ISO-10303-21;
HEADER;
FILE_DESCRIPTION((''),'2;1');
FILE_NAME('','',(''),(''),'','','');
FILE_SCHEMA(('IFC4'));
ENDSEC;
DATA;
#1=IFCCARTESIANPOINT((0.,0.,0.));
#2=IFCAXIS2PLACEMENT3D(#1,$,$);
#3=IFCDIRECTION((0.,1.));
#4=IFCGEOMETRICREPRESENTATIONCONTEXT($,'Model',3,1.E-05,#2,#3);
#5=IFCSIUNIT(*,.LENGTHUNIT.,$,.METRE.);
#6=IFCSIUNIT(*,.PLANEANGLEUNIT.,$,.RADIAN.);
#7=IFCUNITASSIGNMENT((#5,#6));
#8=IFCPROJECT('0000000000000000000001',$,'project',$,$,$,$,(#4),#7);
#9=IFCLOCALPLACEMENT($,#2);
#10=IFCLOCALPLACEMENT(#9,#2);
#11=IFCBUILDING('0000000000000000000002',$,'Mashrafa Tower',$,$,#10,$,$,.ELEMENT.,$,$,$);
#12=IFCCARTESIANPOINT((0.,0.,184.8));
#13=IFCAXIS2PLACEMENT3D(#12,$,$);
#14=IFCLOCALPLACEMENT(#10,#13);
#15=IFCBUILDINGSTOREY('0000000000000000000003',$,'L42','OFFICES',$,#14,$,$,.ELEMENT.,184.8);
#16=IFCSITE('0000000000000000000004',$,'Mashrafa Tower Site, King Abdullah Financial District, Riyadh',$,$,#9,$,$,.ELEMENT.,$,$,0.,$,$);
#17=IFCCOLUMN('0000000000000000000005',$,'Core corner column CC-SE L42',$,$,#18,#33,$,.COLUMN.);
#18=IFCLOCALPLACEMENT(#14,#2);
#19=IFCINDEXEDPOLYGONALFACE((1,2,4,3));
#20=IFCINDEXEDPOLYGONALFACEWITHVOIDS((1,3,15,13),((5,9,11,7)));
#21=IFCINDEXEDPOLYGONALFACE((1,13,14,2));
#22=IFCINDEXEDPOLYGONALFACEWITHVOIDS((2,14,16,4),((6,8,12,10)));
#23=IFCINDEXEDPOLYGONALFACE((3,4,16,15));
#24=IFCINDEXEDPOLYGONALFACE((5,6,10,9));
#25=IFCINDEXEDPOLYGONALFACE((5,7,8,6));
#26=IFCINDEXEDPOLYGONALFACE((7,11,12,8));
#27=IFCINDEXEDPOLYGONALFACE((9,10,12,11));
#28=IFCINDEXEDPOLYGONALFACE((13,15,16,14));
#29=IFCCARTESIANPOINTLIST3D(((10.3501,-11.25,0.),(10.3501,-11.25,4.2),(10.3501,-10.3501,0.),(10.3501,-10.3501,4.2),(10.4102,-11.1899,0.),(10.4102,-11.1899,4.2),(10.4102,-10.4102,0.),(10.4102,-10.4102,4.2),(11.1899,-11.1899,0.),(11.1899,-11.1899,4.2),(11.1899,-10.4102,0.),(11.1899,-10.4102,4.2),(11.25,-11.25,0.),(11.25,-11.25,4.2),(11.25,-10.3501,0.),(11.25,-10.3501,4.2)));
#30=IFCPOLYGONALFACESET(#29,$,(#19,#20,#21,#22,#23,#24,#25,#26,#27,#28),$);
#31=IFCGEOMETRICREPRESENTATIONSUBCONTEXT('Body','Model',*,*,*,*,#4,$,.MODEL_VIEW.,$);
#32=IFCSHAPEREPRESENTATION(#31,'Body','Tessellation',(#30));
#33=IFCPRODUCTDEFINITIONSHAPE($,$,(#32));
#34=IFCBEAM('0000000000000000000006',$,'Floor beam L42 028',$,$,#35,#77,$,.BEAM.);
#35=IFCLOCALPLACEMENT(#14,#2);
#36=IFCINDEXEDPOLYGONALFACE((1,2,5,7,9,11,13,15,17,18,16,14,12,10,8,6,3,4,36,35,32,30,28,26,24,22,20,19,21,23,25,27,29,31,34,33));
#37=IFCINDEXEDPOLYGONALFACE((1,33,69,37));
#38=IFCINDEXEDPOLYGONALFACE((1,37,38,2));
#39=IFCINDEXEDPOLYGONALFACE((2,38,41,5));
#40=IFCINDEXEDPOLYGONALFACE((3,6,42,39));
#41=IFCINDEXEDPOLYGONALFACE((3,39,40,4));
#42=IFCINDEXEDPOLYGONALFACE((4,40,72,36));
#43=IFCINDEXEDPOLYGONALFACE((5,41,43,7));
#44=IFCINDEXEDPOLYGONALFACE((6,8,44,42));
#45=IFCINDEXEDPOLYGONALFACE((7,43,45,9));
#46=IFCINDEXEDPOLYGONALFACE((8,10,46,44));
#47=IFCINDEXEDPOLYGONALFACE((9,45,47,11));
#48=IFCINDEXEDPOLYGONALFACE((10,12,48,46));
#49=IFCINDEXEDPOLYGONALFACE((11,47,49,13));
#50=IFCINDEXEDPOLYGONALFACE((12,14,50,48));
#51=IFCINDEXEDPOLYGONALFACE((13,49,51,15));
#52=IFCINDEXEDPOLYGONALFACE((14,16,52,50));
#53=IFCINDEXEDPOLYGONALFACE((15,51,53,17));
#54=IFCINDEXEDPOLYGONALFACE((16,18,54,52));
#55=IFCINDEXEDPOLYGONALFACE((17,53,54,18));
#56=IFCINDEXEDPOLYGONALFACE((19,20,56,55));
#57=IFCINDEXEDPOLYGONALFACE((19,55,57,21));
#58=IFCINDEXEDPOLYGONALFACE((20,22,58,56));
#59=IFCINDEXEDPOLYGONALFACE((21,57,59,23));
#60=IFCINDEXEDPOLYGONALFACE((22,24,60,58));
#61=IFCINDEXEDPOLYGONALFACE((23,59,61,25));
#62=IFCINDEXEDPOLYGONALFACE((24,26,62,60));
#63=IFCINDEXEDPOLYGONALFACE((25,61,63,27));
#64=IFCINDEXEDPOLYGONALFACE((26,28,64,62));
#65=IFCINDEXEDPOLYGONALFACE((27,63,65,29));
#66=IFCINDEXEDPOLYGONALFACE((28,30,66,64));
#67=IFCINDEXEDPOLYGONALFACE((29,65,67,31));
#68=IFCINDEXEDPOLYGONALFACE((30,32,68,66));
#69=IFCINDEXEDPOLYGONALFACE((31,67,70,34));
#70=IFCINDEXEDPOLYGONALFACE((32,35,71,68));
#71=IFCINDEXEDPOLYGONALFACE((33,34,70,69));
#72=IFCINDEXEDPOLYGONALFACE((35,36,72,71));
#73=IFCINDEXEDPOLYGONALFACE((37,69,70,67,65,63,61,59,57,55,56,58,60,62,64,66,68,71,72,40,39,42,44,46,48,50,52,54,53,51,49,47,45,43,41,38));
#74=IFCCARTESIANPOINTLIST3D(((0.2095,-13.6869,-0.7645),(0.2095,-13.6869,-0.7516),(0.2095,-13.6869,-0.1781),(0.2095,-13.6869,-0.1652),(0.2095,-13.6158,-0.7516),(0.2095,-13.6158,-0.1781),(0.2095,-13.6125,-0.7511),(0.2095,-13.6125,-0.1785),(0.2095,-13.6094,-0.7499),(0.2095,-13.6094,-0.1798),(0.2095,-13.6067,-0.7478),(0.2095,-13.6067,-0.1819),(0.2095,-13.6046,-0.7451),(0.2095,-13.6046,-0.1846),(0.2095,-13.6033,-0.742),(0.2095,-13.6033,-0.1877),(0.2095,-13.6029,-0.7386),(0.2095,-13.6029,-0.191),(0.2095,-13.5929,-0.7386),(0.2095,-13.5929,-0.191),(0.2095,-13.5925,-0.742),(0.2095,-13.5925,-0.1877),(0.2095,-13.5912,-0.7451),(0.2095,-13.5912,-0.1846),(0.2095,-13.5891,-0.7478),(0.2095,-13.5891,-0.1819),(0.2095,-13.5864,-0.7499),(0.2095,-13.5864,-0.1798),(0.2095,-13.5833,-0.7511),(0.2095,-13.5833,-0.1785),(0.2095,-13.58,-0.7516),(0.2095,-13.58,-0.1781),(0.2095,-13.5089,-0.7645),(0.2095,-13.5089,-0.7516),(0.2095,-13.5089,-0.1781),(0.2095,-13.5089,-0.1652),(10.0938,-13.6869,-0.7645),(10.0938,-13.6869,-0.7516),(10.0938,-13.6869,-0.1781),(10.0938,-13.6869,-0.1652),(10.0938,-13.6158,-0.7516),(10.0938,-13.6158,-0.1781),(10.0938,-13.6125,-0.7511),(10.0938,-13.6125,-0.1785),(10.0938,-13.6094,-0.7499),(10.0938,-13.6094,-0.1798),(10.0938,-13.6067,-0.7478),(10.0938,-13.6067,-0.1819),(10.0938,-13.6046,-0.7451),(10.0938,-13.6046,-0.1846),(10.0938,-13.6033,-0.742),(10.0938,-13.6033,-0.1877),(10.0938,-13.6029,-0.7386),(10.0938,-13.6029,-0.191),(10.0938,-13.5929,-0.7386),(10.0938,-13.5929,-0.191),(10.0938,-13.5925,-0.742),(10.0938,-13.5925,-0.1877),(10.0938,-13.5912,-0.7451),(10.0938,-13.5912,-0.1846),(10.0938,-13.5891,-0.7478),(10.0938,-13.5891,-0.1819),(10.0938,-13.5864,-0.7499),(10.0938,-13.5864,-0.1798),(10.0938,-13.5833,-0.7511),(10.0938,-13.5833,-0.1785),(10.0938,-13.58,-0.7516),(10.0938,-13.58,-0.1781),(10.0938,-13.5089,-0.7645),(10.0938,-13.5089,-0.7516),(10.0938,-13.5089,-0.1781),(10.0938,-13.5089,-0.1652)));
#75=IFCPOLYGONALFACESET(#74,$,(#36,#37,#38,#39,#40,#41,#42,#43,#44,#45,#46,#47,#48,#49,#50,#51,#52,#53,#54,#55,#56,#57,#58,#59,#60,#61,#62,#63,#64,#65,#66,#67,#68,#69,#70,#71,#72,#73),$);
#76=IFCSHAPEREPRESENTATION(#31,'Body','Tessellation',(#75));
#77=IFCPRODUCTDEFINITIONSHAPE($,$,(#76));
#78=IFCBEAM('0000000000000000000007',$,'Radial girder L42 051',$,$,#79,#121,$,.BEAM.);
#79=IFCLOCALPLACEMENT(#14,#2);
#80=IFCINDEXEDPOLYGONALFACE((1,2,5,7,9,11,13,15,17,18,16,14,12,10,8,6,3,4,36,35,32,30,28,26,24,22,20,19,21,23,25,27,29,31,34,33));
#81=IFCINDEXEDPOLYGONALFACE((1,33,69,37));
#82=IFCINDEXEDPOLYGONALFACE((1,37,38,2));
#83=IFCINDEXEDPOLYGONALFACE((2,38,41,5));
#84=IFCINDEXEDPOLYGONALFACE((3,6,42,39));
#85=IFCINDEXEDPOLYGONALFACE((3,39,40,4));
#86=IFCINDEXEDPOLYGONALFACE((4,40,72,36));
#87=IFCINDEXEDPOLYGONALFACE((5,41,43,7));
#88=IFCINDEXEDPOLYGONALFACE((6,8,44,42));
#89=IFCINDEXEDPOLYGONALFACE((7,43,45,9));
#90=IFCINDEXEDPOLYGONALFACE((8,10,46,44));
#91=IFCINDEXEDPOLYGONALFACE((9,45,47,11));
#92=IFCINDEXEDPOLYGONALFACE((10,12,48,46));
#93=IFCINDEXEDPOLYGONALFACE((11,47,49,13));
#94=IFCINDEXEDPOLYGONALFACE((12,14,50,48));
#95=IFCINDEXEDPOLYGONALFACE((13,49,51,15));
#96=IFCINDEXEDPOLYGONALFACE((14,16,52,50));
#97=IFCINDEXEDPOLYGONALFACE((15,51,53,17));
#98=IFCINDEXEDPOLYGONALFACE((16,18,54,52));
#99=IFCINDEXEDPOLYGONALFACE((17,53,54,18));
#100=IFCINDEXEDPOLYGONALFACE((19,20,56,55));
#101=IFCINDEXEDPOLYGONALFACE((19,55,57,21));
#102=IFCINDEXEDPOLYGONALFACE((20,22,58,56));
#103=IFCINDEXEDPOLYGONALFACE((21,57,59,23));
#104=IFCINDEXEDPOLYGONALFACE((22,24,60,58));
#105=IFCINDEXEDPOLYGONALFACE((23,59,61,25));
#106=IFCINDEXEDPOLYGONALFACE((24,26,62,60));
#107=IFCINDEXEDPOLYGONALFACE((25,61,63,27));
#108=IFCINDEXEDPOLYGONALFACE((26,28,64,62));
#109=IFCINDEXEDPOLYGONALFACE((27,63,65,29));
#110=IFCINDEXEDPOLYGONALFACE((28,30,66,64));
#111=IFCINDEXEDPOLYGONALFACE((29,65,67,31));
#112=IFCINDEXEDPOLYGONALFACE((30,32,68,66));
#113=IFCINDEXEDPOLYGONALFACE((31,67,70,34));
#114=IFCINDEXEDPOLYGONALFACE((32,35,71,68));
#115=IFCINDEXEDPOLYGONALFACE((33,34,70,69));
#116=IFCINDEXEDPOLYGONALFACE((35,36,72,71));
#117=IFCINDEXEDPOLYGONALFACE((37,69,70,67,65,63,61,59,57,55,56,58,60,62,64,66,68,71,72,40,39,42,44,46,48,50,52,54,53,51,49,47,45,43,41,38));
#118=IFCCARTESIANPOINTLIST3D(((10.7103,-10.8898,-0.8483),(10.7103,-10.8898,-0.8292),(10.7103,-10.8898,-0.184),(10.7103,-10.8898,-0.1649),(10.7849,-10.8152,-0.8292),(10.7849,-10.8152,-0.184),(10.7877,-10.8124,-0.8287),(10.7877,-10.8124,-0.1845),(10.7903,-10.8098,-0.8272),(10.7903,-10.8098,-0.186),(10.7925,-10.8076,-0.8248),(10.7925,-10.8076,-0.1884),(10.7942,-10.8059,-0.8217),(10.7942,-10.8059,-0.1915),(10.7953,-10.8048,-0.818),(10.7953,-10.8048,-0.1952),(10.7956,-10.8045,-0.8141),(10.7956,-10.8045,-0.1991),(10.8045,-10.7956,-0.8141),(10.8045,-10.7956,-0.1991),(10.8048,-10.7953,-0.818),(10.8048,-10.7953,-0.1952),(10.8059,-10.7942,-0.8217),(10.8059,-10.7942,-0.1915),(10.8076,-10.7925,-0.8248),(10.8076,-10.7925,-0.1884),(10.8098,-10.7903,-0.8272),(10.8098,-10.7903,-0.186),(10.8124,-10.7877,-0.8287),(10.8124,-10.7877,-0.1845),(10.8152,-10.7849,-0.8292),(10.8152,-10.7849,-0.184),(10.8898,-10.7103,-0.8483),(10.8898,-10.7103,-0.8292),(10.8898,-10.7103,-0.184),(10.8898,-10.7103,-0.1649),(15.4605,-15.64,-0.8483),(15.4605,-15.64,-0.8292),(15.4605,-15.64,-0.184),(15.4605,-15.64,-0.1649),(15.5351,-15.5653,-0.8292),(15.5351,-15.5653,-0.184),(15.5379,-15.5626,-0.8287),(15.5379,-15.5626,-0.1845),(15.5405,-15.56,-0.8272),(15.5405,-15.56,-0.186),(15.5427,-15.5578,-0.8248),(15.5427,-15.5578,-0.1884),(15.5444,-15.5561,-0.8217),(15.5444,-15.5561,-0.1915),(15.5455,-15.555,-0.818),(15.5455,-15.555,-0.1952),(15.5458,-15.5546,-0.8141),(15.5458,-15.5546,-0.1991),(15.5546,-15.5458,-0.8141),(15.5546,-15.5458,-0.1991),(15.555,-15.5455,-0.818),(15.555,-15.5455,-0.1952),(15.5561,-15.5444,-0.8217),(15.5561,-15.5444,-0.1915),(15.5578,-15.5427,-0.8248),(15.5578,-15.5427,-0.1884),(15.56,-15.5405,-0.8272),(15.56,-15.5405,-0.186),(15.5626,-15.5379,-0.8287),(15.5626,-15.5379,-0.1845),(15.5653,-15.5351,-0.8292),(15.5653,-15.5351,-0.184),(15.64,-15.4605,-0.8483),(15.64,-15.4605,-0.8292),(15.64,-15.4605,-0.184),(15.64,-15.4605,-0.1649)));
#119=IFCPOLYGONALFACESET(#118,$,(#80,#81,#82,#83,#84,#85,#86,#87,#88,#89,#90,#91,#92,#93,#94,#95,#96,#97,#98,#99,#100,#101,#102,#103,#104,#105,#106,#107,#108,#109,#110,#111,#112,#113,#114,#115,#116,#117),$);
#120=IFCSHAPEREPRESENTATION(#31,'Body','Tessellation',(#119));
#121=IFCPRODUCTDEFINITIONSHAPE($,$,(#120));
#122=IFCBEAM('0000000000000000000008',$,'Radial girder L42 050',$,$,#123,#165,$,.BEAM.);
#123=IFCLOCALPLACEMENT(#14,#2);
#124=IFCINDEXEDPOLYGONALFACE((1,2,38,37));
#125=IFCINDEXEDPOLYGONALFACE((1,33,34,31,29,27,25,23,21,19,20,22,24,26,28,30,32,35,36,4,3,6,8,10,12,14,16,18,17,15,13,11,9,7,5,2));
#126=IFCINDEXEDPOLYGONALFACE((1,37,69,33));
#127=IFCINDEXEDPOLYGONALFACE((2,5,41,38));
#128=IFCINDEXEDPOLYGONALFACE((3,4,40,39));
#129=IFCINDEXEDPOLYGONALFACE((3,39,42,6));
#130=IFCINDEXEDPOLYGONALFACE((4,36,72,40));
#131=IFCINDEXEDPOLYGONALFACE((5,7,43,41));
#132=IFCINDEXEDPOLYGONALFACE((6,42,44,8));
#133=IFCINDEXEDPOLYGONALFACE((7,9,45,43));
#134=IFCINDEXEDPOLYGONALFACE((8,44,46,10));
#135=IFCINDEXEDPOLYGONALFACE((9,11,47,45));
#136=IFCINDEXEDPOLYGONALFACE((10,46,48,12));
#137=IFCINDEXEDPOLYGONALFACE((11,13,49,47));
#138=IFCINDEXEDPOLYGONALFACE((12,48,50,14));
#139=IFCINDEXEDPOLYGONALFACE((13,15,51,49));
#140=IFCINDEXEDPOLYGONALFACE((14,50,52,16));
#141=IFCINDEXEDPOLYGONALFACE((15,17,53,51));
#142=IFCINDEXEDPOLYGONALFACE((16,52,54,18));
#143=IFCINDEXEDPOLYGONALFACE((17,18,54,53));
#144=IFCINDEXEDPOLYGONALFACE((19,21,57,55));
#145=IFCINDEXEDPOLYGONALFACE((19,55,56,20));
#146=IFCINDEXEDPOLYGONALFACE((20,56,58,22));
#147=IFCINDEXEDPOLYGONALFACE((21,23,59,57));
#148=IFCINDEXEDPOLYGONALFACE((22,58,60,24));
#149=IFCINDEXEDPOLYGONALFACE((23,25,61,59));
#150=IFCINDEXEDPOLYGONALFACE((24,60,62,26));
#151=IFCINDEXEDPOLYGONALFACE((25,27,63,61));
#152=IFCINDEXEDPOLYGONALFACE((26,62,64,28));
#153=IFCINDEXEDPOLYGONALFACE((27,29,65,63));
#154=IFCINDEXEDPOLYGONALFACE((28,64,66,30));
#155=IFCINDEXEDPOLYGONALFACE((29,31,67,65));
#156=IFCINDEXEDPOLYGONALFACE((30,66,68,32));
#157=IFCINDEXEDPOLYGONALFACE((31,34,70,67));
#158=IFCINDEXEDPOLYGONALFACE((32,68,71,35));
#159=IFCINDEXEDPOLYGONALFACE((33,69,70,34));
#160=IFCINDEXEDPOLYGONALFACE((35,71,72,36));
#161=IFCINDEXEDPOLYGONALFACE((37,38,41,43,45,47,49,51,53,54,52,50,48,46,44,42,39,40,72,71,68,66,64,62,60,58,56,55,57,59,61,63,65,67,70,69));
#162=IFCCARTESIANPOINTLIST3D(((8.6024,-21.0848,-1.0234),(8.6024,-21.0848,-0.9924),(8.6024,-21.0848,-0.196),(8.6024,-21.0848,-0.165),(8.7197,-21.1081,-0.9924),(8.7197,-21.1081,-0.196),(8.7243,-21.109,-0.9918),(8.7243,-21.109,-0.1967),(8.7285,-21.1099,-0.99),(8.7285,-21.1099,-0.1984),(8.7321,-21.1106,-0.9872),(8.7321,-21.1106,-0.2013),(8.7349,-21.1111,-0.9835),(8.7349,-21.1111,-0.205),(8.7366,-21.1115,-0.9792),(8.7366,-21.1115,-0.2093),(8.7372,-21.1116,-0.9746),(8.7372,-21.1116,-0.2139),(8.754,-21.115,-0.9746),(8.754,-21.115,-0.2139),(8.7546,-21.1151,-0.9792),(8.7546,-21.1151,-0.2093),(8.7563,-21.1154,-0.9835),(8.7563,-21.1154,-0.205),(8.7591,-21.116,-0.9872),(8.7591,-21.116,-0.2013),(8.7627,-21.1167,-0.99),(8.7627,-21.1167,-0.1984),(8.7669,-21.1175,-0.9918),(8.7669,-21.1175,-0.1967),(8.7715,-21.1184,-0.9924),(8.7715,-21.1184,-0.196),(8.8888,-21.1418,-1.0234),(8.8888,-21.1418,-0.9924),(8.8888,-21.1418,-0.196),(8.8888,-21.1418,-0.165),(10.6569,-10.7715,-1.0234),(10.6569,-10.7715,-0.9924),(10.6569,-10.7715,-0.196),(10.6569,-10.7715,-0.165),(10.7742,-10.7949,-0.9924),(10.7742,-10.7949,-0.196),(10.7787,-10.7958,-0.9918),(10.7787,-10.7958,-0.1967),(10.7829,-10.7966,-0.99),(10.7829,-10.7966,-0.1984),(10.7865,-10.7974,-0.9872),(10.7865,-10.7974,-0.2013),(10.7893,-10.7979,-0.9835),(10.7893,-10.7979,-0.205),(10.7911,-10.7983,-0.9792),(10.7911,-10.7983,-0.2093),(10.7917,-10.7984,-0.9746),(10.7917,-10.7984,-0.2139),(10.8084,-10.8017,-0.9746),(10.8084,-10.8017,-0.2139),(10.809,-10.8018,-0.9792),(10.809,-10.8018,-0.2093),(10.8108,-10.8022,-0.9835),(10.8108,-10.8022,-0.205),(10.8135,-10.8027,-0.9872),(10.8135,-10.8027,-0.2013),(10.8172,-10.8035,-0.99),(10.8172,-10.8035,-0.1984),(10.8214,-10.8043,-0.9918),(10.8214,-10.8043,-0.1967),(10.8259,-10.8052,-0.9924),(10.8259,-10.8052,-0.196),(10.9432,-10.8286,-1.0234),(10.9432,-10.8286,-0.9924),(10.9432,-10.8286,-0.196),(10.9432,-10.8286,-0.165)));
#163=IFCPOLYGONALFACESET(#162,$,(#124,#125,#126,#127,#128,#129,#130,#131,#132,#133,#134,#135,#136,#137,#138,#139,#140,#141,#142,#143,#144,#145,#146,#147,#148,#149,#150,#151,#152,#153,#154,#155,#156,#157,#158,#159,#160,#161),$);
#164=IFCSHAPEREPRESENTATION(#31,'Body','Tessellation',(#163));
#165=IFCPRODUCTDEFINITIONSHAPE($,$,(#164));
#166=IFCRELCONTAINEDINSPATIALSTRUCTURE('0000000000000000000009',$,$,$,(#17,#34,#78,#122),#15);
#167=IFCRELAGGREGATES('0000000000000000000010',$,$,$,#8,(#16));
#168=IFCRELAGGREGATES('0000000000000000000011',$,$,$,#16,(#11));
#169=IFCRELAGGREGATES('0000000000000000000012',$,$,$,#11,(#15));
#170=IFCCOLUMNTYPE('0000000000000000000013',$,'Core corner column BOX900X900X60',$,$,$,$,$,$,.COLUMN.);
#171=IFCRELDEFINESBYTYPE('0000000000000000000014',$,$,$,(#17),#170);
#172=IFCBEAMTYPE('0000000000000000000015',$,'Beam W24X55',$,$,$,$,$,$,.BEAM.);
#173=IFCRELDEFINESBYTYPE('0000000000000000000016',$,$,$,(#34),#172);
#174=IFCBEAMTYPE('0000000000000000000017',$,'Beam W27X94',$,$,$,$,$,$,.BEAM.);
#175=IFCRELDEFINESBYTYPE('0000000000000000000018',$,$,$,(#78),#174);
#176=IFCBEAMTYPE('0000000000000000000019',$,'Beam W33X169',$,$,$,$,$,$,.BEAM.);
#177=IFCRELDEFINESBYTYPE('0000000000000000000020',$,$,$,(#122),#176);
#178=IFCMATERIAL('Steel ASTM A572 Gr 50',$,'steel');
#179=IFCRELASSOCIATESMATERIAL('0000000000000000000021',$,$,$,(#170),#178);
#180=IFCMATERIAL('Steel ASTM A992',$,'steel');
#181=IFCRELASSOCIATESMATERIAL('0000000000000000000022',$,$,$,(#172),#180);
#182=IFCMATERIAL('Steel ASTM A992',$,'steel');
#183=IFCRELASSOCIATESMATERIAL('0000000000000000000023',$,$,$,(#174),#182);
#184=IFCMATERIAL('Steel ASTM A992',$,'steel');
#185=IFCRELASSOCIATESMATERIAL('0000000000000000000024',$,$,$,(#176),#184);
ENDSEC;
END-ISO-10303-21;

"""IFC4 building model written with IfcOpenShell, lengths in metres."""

from ifc_helpers import new_model, si_unit, direction, frame, origin, origin_2d, place, context, subcontext, project, spatial, hollow_rectangle, i_section, extrude, material, material_profile, profile_set, type_object, element, save


model = new_model("IFC4")

# Units and contexts
model_context = context("Model", 3, precision=1e-05, world=origin(), true_north=direction((0.0, 1.0)))
body_context = subcontext(model_context, "Body", "Model", "MODEL_VIEW")
ifc_project = project(units=[si_unit("LENGTHUNIT", "METRE"), si_unit("PLANEANGLEUNIT", "RADIAN")], contexts=[model_context])

# Site, building, storey
site_placement = place(None, origin())
site = spatial("IfcSite", under=ifc_project, at=site_placement, Name="Mashrafa Tower Site, King Abdullah Financial District, Riyadh", CompositionType="ELEMENT", RefElevation=0.0)
building_placement = place(site_placement, origin())
building = spatial("IfcBuilding", under=site, at=building_placement, Name="Mashrafa Tower", CompositionType="ELEMENT")
storey_placement = place(building_placement, frame((0.0, 0.0, 184.8)))
storey = spatial("IfcBuildingStorey", under=building, at=storey_placement, Name="L42", Description="OFFICES", CompositionType="ELEMENT", Elevation=184.8)

# Column
ifc_material_1 = material(Name="Steel ASTM A572 Gr 50", Category="steel")
ifc_material_profile_1 = material_profile(ifc_material_1, hollow_rectangle(XDim=0.8999, YDim=0.8999, WallThickness=0.0601, at=origin_2d()), Name="BOX900X900X60")
ifc_profile_set_1 = profile_set([ifc_material_profile_1], Name="Steel ASTM A572 Gr 50")
column_type = type_object("IfcColumnType", Name="Core corner column BOX900X900X60", PredefinedType="COLUMN", material=ifc_profile_set_1)
column_placement = place(storey_placement, frame((10.8, -10.8, 0.0), z_axis=(0.0, 0.0, 1.0), x_axis=(1.0, 0.0, 0.0)))
element("IfcColumn", 1, at=column_placement, inside=storey, type_object=column_type, Name="Core corner column CC-SE L42", PredefinedType="COLUMN", context=body_context, shape_type="SweptSolid", body=[
    extrude(hollow_rectangle(XDim=0.8999, YDim=0.8999, WallThickness=0.0601, at=origin_2d()), origin(), (0.0, 0.0, 1.0), 4.2),
])

# Beams
ifc_material_2 = material(Name="Steel ASTM A992", Category="steel")
ifc_material_profile_2 = material_profile(ifc_material_2, i_section(OverallWidth=0.178, OverallDepth=0.5994, WebThickness=0.01, FlangeThickness=0.0129, FilletRadius=0.0129, at=origin_2d()), Name="W24X55")
ifc_profile_set_2 = profile_set([ifc_material_profile_2], Name="Steel ASTM A992")
beam_type_1 = type_object("IfcBeamType", Name="Beam W24X55", PredefinedType="BEAM", material=ifc_profile_set_2)
beam_1_placement = place(storey_placement, frame((10.0938, -13.5979, -0.4648), z_axis=(-1.0, 0.0, 0.0), x_axis=(0.0, -1.0, 0.0)))
element("IfcBeam", 2, at=beam_1_placement, inside=storey, type_object=beam_type_1, Name="Floor beam L42 028", PredefinedType="BEAM", context=body_context, shape_type="SweptSolid", body=[
    extrude(i_section(OverallWidth=0.178, OverallDepth=0.5994, WebThickness=0.01, FlangeThickness=0.0129, FilletRadius=0.0129, at=origin_2d()), origin(), (0.0, 0.0, 1.0), 9.8843),
])
ifc_material_3 = material(Name="Steel ASTM A992", Category="steel")
ifc_material_profile_3 = material_profile(ifc_material_3, i_section(OverallWidth=0.2539, OverallDepth=0.6833, WebThickness=0.0125, FlangeThickness=0.019, FilletRadius=0.0151, at=origin_2d()), Name="W27X94")
ifc_profile_set_3 = profile_set([ifc_material_profile_3], Name="Steel ASTM A992")
beam_type_2 = type_object("IfcBeamType", Name="Beam W27X94", PredefinedType="BEAM", material=ifc_profile_set_3)
beam_2_placement = place(storey_placement, frame((10.8, -10.8, -0.5066), z_axis=(0.707107, -0.707107, 0.0), x_axis=(0.707107, 0.707107, 0.0)))
element("IfcBeam", 3, at=beam_2_placement, inside=storey, type_object=beam_type_2, Name="Radial girder L42 051", PredefinedType="BEAM", context=body_context, shape_type="SweptSolid", body=[
    extrude(i_section(OverallWidth=0.2539, OverallDepth=0.6833, WebThickness=0.0125, FlangeThickness=0.019, FilletRadius=0.0151, at=origin_2d()), origin(), (0.0, 0.0, 1.0), 6.7178),
])
ifc_material_4 = material(Name="Steel ASTM A992", Category="steel")
ifc_material_profile_4 = material_profile(ifc_material_4, i_section(OverallWidth=0.292, OverallDepth=0.8584, WebThickness=0.0171, FlangeThickness=0.031, FilletRadius=0.0178, at=origin_2d()), Name="W33X169")
ifc_profile_set_4 = profile_set([ifc_material_profile_4], Name="Steel ASTM A992")
beam_type_3 = type_object("IfcBeamType", Name="Beam W33X169", PredefinedType="BEAM", material=ifc_profile_set_4)
for number, where, z_axis, x_axis, name in (
    (4, (10.8, -10.8, -0.5942), (-0.195366, -0.98073, 0.0), (0.98073, -0.195366, 0.0), "Radial girder L42 050"),
):
    element("IfcBeam", number, at=place(storey_placement, frame(where, z_axis=z_axis, x_axis=x_axis)), inside=storey, type_object=beam_type_3, Name=name, PredefinedType="BEAM", context=body_context, shape_type="SweptSolid", body=[
        extrude(i_section(OverallWidth=0.292, OverallDepth=0.8584, WebThickness=0.0171, FlangeThickness=0.031, FilletRadius=0.0178, at=origin_2d()), origin(), (0.0, 0.0, 1.0), 10.5159),
    ])

save(model, "model.ifc")
